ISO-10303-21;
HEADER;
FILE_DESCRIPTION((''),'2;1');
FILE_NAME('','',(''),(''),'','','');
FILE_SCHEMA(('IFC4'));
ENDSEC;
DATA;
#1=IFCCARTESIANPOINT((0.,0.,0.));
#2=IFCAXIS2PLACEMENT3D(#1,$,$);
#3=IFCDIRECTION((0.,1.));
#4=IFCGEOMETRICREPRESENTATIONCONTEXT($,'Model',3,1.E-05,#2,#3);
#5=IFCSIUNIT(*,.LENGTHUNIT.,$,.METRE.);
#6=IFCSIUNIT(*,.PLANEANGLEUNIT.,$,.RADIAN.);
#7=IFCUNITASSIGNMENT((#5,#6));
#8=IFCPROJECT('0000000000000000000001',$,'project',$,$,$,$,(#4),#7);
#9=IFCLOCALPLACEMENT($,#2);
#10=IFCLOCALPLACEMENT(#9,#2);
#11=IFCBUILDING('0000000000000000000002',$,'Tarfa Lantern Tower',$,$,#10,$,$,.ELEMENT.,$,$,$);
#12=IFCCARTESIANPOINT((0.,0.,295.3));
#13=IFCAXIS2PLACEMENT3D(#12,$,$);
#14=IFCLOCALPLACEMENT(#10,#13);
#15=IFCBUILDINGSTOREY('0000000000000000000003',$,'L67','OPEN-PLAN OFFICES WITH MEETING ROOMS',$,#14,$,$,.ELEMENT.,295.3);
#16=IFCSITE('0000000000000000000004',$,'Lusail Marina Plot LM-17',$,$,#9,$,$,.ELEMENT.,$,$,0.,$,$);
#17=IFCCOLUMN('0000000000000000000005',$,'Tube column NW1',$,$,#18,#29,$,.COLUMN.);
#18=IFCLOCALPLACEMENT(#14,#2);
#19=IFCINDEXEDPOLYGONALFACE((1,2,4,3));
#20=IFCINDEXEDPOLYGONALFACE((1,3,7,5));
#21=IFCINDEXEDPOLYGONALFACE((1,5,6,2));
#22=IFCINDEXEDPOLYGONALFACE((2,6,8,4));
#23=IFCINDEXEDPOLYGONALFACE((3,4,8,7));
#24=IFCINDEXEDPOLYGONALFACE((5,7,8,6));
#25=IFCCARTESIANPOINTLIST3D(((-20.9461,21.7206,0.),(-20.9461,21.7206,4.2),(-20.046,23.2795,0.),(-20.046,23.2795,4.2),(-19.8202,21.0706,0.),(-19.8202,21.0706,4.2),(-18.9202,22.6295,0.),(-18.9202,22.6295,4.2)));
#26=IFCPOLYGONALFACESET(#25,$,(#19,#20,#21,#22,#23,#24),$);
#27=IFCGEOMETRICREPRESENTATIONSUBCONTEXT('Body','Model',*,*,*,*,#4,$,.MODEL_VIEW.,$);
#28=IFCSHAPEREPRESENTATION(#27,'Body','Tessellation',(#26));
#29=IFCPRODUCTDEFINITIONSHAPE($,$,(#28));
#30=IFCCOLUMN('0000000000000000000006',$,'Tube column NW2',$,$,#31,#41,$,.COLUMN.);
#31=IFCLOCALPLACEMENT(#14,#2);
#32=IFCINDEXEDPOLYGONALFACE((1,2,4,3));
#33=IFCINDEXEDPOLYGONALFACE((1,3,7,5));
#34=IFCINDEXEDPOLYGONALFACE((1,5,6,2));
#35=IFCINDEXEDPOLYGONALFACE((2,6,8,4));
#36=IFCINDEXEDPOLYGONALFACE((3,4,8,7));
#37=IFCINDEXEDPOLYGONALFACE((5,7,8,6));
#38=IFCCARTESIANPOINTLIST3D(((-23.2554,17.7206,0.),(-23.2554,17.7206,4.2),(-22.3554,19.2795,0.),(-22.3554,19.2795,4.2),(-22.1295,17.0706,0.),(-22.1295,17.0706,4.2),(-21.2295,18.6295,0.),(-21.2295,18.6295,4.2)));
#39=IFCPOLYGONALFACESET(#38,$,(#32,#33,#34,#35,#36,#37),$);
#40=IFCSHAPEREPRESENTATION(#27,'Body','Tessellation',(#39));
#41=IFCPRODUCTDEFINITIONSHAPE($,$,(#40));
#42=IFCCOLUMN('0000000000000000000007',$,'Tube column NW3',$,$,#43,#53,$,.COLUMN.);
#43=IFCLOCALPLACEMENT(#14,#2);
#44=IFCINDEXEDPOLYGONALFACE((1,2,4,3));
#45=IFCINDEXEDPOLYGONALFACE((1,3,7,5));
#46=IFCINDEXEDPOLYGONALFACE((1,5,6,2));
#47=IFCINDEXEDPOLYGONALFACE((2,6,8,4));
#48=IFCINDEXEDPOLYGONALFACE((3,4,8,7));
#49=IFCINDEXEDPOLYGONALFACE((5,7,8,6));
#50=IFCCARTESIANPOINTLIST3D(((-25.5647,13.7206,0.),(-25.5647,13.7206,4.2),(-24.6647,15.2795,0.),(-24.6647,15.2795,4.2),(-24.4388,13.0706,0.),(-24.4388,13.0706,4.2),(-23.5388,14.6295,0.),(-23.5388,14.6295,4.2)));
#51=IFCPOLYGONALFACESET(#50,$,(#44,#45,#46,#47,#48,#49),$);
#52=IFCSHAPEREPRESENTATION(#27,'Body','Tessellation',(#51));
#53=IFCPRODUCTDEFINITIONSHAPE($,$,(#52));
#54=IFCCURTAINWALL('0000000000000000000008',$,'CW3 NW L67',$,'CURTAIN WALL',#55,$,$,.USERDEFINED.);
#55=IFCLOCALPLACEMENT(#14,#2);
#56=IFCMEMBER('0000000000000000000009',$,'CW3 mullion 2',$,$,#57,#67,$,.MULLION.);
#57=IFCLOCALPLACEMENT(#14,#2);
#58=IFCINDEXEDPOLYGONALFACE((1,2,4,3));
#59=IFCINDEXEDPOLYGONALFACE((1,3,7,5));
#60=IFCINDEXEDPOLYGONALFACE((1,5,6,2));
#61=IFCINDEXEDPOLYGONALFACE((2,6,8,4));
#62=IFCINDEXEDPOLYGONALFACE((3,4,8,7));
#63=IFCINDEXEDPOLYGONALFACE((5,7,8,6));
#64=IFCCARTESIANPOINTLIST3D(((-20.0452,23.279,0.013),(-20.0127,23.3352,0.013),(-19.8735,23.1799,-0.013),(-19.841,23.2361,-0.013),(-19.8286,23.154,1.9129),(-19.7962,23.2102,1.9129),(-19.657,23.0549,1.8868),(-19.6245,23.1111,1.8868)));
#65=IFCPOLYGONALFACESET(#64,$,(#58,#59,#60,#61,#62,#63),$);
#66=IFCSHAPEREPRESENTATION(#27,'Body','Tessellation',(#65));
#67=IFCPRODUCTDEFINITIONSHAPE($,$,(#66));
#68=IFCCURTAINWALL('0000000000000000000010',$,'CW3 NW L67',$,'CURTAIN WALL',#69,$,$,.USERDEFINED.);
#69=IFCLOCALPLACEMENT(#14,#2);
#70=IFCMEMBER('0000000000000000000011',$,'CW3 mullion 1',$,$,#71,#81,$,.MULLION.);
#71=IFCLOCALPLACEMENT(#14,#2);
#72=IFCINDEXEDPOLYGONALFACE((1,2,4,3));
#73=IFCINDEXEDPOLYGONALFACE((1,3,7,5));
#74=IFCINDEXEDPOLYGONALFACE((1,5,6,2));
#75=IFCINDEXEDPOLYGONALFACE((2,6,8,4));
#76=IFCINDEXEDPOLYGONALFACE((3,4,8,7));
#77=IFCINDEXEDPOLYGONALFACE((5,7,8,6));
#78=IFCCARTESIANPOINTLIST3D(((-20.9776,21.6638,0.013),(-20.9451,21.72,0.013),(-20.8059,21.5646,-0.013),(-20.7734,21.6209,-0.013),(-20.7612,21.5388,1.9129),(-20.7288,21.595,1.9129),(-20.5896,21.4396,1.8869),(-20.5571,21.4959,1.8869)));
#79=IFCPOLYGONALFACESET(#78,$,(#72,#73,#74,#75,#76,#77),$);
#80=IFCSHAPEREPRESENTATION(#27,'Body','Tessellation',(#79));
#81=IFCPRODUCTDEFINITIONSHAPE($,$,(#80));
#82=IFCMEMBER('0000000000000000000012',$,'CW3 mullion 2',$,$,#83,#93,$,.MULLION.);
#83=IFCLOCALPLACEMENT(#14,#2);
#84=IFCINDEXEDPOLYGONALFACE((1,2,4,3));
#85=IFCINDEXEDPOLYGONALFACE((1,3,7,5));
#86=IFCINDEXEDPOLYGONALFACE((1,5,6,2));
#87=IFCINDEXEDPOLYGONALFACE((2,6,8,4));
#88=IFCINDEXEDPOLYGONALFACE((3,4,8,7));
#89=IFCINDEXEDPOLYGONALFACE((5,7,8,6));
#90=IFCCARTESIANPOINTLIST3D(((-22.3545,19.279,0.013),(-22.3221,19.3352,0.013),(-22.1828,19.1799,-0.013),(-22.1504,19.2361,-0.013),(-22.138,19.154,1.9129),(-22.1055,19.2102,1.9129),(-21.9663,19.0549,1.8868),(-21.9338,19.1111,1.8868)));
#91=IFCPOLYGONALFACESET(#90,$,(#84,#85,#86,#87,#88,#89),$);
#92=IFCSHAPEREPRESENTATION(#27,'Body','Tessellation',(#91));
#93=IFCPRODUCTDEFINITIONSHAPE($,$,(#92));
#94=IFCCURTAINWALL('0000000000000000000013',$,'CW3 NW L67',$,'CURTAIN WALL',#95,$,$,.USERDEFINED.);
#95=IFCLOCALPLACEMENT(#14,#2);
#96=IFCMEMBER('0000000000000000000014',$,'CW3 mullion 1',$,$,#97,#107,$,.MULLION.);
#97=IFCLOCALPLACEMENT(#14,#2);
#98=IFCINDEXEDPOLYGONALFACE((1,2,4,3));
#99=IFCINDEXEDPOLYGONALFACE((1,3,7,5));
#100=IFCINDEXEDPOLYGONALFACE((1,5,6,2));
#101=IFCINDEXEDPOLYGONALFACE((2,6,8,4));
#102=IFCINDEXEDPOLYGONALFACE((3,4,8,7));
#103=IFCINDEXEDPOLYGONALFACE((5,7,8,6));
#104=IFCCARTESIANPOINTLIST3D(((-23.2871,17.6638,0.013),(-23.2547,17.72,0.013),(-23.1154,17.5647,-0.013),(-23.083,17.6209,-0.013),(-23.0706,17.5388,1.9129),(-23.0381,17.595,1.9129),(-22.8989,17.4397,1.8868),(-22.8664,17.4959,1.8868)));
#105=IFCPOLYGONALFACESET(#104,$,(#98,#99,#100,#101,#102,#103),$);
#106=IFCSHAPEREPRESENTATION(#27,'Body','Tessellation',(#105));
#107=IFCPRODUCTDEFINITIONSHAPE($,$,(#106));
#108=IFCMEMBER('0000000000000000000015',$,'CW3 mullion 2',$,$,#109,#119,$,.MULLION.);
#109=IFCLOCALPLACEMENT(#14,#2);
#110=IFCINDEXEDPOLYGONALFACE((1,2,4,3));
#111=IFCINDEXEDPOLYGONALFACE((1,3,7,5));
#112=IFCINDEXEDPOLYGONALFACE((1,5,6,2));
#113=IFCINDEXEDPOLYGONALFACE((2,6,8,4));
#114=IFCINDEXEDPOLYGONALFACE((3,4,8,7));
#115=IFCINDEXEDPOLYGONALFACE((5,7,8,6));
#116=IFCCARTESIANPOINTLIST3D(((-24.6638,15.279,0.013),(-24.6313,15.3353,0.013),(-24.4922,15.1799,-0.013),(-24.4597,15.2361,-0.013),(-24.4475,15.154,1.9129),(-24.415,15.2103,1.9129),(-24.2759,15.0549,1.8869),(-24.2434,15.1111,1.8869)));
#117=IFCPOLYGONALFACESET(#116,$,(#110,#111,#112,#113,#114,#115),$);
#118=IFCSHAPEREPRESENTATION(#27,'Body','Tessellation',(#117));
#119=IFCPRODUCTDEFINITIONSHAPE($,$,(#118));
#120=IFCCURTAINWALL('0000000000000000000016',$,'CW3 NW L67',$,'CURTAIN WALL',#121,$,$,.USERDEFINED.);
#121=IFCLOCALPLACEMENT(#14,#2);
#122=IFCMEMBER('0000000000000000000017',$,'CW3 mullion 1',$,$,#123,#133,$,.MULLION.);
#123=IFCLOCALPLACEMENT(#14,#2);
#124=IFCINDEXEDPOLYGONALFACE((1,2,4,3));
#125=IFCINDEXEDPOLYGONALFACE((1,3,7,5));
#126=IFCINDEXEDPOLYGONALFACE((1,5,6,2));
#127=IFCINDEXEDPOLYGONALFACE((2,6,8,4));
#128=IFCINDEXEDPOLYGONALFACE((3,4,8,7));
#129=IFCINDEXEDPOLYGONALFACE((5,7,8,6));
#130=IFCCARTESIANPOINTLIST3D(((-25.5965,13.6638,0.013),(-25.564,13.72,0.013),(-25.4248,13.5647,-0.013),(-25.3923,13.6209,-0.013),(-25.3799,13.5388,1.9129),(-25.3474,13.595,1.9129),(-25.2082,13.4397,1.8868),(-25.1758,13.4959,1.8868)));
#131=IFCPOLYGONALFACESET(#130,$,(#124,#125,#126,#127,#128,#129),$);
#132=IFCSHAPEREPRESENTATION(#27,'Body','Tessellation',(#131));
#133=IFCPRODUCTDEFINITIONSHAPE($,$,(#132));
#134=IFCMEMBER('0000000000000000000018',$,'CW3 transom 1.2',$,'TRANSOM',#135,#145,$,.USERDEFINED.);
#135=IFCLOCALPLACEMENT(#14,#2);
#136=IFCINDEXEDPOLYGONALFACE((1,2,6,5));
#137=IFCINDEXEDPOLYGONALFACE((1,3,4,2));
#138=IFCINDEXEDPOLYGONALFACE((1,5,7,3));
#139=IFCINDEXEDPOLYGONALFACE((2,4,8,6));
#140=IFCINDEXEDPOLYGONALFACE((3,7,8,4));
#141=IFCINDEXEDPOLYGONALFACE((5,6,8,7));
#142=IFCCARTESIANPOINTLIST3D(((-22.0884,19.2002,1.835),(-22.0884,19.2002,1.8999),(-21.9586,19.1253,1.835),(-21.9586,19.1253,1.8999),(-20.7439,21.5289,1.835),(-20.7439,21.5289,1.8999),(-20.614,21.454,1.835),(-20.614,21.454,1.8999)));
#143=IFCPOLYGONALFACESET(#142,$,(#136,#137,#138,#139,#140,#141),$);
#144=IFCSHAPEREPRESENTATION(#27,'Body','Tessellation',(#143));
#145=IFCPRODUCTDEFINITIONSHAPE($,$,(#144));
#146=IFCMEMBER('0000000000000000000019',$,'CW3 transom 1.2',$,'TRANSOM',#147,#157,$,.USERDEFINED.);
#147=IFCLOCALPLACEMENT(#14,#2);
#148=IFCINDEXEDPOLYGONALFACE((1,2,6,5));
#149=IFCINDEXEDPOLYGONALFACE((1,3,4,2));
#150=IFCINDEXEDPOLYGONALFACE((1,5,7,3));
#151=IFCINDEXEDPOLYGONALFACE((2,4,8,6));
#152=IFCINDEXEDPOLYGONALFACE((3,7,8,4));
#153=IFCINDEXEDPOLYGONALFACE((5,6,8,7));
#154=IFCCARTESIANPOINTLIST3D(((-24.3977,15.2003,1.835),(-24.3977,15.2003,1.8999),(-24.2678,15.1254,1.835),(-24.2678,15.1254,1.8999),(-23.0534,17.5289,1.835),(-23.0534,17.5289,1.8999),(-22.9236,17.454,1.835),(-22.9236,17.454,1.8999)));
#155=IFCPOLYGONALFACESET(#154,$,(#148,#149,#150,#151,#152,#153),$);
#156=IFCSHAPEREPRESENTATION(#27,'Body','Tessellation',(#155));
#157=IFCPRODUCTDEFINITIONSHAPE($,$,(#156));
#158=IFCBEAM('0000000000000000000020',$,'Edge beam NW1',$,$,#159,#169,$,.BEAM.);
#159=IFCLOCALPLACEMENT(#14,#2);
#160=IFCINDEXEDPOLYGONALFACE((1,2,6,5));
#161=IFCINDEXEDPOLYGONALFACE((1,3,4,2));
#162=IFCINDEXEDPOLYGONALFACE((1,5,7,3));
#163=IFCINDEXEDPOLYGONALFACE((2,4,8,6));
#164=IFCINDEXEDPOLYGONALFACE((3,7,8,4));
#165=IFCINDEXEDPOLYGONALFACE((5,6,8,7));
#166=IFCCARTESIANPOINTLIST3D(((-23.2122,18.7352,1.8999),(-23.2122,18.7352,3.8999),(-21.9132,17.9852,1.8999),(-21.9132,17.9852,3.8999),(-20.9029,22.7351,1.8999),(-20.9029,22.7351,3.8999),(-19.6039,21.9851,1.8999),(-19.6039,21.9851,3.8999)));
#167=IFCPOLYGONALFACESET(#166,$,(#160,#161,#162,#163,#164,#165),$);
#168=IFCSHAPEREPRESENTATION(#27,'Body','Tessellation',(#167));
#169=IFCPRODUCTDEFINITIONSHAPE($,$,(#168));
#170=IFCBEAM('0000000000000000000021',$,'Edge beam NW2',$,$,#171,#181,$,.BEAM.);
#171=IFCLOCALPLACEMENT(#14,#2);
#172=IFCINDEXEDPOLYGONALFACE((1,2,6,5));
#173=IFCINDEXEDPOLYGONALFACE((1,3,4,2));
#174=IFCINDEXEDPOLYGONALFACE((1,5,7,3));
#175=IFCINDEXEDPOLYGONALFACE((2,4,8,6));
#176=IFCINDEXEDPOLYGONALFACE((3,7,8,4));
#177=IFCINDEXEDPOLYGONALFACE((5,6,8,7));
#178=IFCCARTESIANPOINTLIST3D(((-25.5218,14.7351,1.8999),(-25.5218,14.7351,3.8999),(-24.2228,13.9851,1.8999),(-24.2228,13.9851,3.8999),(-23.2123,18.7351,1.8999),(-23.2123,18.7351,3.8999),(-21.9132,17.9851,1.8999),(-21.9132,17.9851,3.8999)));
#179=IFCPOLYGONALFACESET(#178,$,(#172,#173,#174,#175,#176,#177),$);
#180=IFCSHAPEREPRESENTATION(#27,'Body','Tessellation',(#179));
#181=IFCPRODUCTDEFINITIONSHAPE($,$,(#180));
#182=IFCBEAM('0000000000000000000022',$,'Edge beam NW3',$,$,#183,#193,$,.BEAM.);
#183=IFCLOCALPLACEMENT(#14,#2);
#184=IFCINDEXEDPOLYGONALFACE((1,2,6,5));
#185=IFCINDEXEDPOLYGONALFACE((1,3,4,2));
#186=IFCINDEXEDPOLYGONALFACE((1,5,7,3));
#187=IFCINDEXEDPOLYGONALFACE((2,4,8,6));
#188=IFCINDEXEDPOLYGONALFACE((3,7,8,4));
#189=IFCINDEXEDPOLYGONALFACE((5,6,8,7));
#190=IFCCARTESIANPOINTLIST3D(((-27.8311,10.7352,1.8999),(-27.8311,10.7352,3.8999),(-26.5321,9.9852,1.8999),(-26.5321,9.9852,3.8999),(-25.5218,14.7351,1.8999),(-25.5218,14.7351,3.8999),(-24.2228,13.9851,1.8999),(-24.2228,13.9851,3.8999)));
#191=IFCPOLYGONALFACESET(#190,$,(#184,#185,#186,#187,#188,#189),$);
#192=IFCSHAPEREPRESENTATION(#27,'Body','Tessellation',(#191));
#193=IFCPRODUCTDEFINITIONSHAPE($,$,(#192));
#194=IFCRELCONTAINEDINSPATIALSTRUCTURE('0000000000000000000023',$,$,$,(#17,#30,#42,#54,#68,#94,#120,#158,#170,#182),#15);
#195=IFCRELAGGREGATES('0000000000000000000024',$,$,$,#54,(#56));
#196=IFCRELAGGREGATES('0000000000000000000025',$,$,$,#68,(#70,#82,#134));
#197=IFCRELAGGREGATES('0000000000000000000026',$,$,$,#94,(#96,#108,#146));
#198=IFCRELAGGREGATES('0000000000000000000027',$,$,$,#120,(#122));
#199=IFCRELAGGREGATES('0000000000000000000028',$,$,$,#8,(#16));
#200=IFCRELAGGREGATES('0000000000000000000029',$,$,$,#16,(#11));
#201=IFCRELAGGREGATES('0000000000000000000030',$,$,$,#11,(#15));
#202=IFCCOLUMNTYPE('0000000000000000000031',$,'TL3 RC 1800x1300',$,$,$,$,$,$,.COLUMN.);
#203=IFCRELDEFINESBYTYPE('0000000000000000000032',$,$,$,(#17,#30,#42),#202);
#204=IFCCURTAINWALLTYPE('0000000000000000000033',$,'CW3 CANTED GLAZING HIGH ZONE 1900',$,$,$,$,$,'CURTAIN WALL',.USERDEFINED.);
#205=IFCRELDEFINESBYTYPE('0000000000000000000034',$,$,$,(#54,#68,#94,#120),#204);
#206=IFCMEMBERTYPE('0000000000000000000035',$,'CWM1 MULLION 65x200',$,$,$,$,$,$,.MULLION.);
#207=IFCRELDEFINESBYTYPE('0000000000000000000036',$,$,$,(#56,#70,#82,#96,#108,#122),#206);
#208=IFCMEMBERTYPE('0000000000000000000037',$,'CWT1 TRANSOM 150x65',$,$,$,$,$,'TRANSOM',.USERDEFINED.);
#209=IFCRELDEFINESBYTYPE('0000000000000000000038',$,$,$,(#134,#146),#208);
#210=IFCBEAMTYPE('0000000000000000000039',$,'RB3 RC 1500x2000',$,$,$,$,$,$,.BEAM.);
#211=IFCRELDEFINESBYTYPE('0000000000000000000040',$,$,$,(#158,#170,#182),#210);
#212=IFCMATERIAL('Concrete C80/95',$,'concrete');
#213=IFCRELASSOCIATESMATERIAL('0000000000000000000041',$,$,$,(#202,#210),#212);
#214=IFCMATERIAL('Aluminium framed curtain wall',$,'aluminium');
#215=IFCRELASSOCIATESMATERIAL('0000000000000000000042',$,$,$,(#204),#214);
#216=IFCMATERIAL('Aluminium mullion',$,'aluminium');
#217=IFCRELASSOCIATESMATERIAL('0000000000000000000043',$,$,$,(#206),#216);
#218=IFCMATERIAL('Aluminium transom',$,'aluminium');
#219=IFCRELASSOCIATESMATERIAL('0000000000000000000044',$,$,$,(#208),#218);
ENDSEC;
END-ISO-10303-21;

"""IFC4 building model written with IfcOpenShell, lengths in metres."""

from ifc_helpers import new_model, si_unit, direction, frame, origin, origin_2d, place, context, subcontext, project, spatial, rectangle, extrude, material, material_profile, profile_set, type_object, element, aggregate, save


model = new_model("IFC4")

# Units and contexts
model_context = context("Model", 3, precision=1e-05, world=origin(), true_north=direction((0.0, 1.0)))
body_context = subcontext(model_context, "Body", "Model", "MODEL_VIEW")
ifc_project = project(units=[si_unit("LENGTHUNIT", "METRE"), si_unit("PLANEANGLEUNIT", "RADIAN")], contexts=[model_context])

# Site, building, storey
site_placement = place(None, origin())
site = spatial("IfcSite", under=ifc_project, at=site_placement, Name="Lusail Marina Plot LM-17", CompositionType="ELEMENT", RefElevation=0.0)
building_placement = place(site_placement, origin())
building = spatial("IfcBuilding", under=site, at=building_placement, Name="Tarfa Lantern Tower", CompositionType="ELEMENT")
storey_placement = place(building_placement, frame((0.0, 0.0, 295.3)))
storey = spatial("IfcBuildingStorey", under=building, at=storey_placement, Name="L67", Description="OPEN-PLAN OFFICES WITH MEETING ROOMS", CompositionType="ELEMENT", Elevation=295.3)

# Columns
ifc_material_1 = material(Name="Concrete C80/95", Category="concrete")
ifc_material_profile_1 = material_profile(ifc_material_1, rectangle(XDim=1.8, YDim=1.3, at=origin_2d()), Name="RC 1800x1300")
ifc_profile_set_1 = profile_set([ifc_material_profile_1], Name="Concrete C80/95")
column_type = type_object("IfcColumnType", Name="TL3 RC 1800x1300", PredefinedType="COLUMN", material=ifc_profile_set_1)
for number, where, z_axis, x_axis, name in (
    (1, (-19.9331, 22.175, 0.0), (0.0, 0.0, 1.0), (-0.5, -0.866025, 0.0), "Tube column NW1"),
    (2, (-22.2424, 18.175, 0.0), (0.0, 0.0, 1.0), (-0.5, -0.866025, 0.0), "Tube column NW2"),
    (3, (-24.5518, 14.175, 0.0), (0.0, 0.0, 1.0), (-0.5, -0.866025, 0.0), "Tube column NW3"),
):
    element("IfcColumn", number, at=place(storey_placement, frame(where, z_axis=z_axis, x_axis=x_axis)), inside=storey, type_object=column_type, Name=name, PredefinedType="COLUMN", context=body_context, shape_type="SweptSolid", body=[
        extrude(rectangle(XDim=1.8, YDim=1.3, at=origin_2d()), origin(), (0.0, 0.0, 1.0), 4.2),
    ])

# Curtain wall, member
ifc_material_2 = material(Name="Aluminium framed curtain wall", Category="aluminium")
curtain_wall_type = type_object("IfcCurtainWallType", Name="CW3 CANTED GLAZING HIGH ZONE 1900", ElementType="CURTAIN WALL", PredefinedType="USERDEFINED", material=ifc_material_2)
curtain_wall_1_placement = place(storey_placement, origin())
curtain_wall_1 = element("IfcCurtainWall", 4, at=curtain_wall_1_placement, inside=storey, type_object=curtain_wall_type, Name="CW3 NW L67", ObjectType="CURTAIN WALL", PredefinedType="USERDEFINED")
ifc_material_3 = material(Name="Aluminium mullion", Category="aluminium")
ifc_material_profile_2 = material_profile(ifc_material_3, rectangle(XDim=0.0649, YDim=0.2, at=origin_2d()), Name="AL MULLION 65x200")
ifc_profile_set_2 = profile_set([ifc_material_profile_2], Name="Aluminium mullion")
member_type_1 = type_object("IfcMemberType", Name="CWM1 MULLION 65x200", PredefinedType="MULLION", material=ifc_profile_set_2)
member_1_placement = place(storey_placement, frame((-19.9431, 23.2576, 0.0), z_axis=(0.113007, -0.06523, 0.991451), x_axis=(0.49992, 0.866072, 0.0)))
member_1 = element("IfcMember", 5, at=member_1_placement, type_object=member_type_1, Name="CW3 mullion 2", PredefinedType="MULLION", context=body_context, shape_type="SweptSolid", body=[
    extrude(rectangle(XDim=0.0649, YDim=0.2, at=origin_2d()), origin(), (0.0, 0.0, 1.0), 1.9163),
])
aggregate(curtain_wall_1, [member_1])

# Curtain walls, members
curtain_wall_2_placement = place(storey_placement, origin())
curtain_wall_2 = element("IfcCurtainWall", 6, at=curtain_wall_2_placement, inside=storey, type_object=curtain_wall_type, Name="CW3 NW L67", ObjectType="CURTAIN WALL", PredefinedType="USERDEFINED")
member_2_placement = place(storey_placement, frame((-20.8755, 21.6423, 0.0), z_axis=(0.112881, -0.065231, 0.991465), x_axis=(0.500343, 0.865827, 0.0)))
member_2 = element("IfcMember", 7, at=member_2_placement, type_object=member_type_1, Name="CW3 mullion 1", PredefinedType="MULLION", context=body_context, shape_type="SweptSolid", body=[
    extrude(rectangle(XDim=0.0649, YDim=0.2, at=origin_2d()), origin(), (0.0, 0.0, 1.0), 1.9163),
])
member_3_placement = place(storey_placement, frame((-22.2524, 19.2576, 0.0), z_axis=(0.113007, -0.06523, 0.991451), x_axis=(0.49992, 0.866072, 0.0)))
member_3 = element("IfcMember", 8, at=member_3_placement, type_object=member_type_1, Name="CW3 mullion 2", PredefinedType="MULLION", context=body_context, shape_type="SweptSolid", body=[
    extrude(rectangle(XDim=0.0649, YDim=0.2, at=origin_2d()), origin(), (0.0, 0.0, 1.0), 1.9163),
])
curtain_wall_3_placement = place(storey_placement, origin())
curtain_wall_3 = element("IfcCurtainWall", 9, at=curtain_wall_3_placement, inside=storey, type_object=curtain_wall_type, Name="CW3 NW L67", ObjectType="CURTAIN WALL", PredefinedType="USERDEFINED")
member_4_placement = place(storey_placement, frame((-23.1851, 17.6423, 0.0), z_axis=(0.113007, -0.06523, 0.991451), x_axis=(0.49992, 0.866072, 0.0)))
member_4 = element("IfcMember", 10, at=member_4_placement, type_object=member_type_1, Name="CW3 mullion 1", PredefinedType="MULLION", context=body_context, shape_type="SweptSolid", body=[
    extrude(rectangle(XDim=0.0649, YDim=0.2, at=origin_2d()), origin(), (0.0, 0.0, 1.0), 1.9163),
])
member_5_placement = place(storey_placement, frame((-24.5618, 15.2576, 0.0), z_axis=(0.112881, -0.065231, 0.991465), x_axis=(0.500343, 0.865827, 0.0)))
member_5 = element("IfcMember", 11, at=member_5_placement, type_object=member_type_1, Name="CW3 mullion 2", PredefinedType="MULLION", context=body_context, shape_type="SweptSolid", body=[
    extrude(rectangle(XDim=0.0649, YDim=0.2, at=origin_2d()), origin(), (0.0, 0.0, 1.0), 1.9163),
])

# Curtain wall, member
curtain_wall_4_placement = place(storey_placement, origin())
curtain_wall_4 = element("IfcCurtainWall", 12, at=curtain_wall_4_placement, inside=storey, type_object=curtain_wall_type, Name="CW3 NW L67", ObjectType="CURTAIN WALL", PredefinedType="USERDEFINED")
member_6_placement = place(storey_placement, frame((-25.4944, 13.6423, 0.0), z_axis=(0.113007, -0.06523, 0.991451), x_axis=(0.49992, 0.866072, 0.0)))
member_6 = element("IfcMember", 13, at=member_6_placement, type_object=member_type_1, Name="CW3 mullion 1", PredefinedType="MULLION", context=body_context, shape_type="SweptSolid", body=[
    extrude(rectangle(XDim=0.0649, YDim=0.2, at=origin_2d()), origin(), (0.0, 0.0, 1.0), 1.9163),
])

# Members
ifc_material_4 = material(Name="Aluminium transom", Category="aluminium")
ifc_material_profile_3 = material_profile(ifc_material_4, rectangle(XDim=0.1499, YDim=0.0649, at=origin_2d()), Name="AL TRANSOM 150x65")
ifc_profile_set_3 = profile_set([ifc_material_profile_3], Name="Aluminium transom")
member_type_2 = type_object("IfcMemberType", Name="CWT1 TRANSOM 150x65", ElementType="TRANSOM", PredefinedType="USERDEFINED", material=ifc_profile_set_3)
member_7_placement = place(storey_placement, frame((-20.679, 21.4915, 1.8674), z_axis=(-0.500016, -0.866016, 0.0), x_axis=(0.866016, -0.500016, 0.0)))
member_7 = element("IfcMember", 14, at=member_7_placement, type_object=member_type_2, Name="CW3 transom 1.2", ObjectType="TRANSOM", PredefinedType="USERDEFINED", context=body_context, shape_type="SweptSolid", body=[
    extrude(rectangle(XDim=0.1499, YDim=0.0649, at=origin_2d()), origin(), (0.0, 0.0, 1.0), 2.689),
])
member_8_placement = place(storey_placement, frame((-22.9885, 17.4915, 1.8674), z_axis=(-0.499948, -0.866056, 0.0), x_axis=(0.866056, -0.499948, 0.0)))
member_8 = element("IfcMember", 15, at=member_8_placement, type_object=member_type_2, Name="CW3 transom 1.2", ObjectType="TRANSOM", PredefinedType="USERDEFINED", context=body_context, shape_type="SweptSolid", body=[
    extrude(rectangle(XDim=0.1499, YDim=0.0649, at=origin_2d()), origin(), (0.0, 0.0, 1.0), 2.6887),
])

# Beams
ifc_material_profile_4 = material_profile(ifc_material_1, rectangle(XDim=1.5, YDim=2.0, at=origin_2d()), Name="RC 1500x2000")
ifc_profile_set_4 = profile_set([ifc_material_profile_4], Name="Concrete C80/95")
beam_type_1 = type_object("IfcBeamType", Name="RB3 RC 1500x2000", PredefinedType="BEAM", material=ifc_profile_set_4)
beam_1_placement = place(storey_placement, frame((-20.2534, 22.3601, 2.8999), z_axis=(-0.499988, -0.866032, 0.0), x_axis=(0.866032, -0.499988, 0.0)))
element("IfcBeam", 16, at=beam_1_placement, inside=storey, type_object=beam_type_1, Name="Edge beam NW1", PredefinedType="BEAM", context=body_context, shape_type="SweptSolid", body=[
    extrude(rectangle(XDim=1.5, YDim=2.0, at=origin_2d()), origin(), (0.0, 0.0, 1.0), 4.6187),
])
beam_2_placement = place(storey_placement, frame((-22.5627, 18.3601, 2.8999), z_axis=(-0.500027, -0.86601, 0.0), x_axis=(0.86601, -0.500027, 0.0)))
element("IfcBeam", 17, at=beam_2_placement, inside=storey, type_object=beam_type_1, Name="Edge beam NW2", PredefinedType="BEAM", context=body_context, shape_type="SweptSolid", body=[
    extrude(rectangle(XDim=1.5, YDim=2.0, at=origin_2d()), origin(), (0.0, 0.0, 1.0), 4.6189),
])
beam_3_placement = place(storey_placement, frame((-24.8723, 14.3601, 2.8999), z_axis=(-0.499988, -0.866032, 0.0), x_axis=(0.866032, -0.499988, 0.0)))
element("IfcBeam", 18, at=beam_3_placement, inside=storey, type_object=beam_type_1, Name="Edge beam NW3", PredefinedType="BEAM", context=body_context, shape_type="SweptSolid", body=[
    extrude(rectangle(XDim=1.5, YDim=2.0, at=origin_2d()), origin(), (0.0, 0.0, 1.0), 4.6187),
])

aggregate(curtain_wall_2, [member_2, member_3, member_7])
aggregate(curtain_wall_3, [member_4, member_5, member_8])
aggregate(curtain_wall_4, [member_6])

save(model, "model.ifc")
